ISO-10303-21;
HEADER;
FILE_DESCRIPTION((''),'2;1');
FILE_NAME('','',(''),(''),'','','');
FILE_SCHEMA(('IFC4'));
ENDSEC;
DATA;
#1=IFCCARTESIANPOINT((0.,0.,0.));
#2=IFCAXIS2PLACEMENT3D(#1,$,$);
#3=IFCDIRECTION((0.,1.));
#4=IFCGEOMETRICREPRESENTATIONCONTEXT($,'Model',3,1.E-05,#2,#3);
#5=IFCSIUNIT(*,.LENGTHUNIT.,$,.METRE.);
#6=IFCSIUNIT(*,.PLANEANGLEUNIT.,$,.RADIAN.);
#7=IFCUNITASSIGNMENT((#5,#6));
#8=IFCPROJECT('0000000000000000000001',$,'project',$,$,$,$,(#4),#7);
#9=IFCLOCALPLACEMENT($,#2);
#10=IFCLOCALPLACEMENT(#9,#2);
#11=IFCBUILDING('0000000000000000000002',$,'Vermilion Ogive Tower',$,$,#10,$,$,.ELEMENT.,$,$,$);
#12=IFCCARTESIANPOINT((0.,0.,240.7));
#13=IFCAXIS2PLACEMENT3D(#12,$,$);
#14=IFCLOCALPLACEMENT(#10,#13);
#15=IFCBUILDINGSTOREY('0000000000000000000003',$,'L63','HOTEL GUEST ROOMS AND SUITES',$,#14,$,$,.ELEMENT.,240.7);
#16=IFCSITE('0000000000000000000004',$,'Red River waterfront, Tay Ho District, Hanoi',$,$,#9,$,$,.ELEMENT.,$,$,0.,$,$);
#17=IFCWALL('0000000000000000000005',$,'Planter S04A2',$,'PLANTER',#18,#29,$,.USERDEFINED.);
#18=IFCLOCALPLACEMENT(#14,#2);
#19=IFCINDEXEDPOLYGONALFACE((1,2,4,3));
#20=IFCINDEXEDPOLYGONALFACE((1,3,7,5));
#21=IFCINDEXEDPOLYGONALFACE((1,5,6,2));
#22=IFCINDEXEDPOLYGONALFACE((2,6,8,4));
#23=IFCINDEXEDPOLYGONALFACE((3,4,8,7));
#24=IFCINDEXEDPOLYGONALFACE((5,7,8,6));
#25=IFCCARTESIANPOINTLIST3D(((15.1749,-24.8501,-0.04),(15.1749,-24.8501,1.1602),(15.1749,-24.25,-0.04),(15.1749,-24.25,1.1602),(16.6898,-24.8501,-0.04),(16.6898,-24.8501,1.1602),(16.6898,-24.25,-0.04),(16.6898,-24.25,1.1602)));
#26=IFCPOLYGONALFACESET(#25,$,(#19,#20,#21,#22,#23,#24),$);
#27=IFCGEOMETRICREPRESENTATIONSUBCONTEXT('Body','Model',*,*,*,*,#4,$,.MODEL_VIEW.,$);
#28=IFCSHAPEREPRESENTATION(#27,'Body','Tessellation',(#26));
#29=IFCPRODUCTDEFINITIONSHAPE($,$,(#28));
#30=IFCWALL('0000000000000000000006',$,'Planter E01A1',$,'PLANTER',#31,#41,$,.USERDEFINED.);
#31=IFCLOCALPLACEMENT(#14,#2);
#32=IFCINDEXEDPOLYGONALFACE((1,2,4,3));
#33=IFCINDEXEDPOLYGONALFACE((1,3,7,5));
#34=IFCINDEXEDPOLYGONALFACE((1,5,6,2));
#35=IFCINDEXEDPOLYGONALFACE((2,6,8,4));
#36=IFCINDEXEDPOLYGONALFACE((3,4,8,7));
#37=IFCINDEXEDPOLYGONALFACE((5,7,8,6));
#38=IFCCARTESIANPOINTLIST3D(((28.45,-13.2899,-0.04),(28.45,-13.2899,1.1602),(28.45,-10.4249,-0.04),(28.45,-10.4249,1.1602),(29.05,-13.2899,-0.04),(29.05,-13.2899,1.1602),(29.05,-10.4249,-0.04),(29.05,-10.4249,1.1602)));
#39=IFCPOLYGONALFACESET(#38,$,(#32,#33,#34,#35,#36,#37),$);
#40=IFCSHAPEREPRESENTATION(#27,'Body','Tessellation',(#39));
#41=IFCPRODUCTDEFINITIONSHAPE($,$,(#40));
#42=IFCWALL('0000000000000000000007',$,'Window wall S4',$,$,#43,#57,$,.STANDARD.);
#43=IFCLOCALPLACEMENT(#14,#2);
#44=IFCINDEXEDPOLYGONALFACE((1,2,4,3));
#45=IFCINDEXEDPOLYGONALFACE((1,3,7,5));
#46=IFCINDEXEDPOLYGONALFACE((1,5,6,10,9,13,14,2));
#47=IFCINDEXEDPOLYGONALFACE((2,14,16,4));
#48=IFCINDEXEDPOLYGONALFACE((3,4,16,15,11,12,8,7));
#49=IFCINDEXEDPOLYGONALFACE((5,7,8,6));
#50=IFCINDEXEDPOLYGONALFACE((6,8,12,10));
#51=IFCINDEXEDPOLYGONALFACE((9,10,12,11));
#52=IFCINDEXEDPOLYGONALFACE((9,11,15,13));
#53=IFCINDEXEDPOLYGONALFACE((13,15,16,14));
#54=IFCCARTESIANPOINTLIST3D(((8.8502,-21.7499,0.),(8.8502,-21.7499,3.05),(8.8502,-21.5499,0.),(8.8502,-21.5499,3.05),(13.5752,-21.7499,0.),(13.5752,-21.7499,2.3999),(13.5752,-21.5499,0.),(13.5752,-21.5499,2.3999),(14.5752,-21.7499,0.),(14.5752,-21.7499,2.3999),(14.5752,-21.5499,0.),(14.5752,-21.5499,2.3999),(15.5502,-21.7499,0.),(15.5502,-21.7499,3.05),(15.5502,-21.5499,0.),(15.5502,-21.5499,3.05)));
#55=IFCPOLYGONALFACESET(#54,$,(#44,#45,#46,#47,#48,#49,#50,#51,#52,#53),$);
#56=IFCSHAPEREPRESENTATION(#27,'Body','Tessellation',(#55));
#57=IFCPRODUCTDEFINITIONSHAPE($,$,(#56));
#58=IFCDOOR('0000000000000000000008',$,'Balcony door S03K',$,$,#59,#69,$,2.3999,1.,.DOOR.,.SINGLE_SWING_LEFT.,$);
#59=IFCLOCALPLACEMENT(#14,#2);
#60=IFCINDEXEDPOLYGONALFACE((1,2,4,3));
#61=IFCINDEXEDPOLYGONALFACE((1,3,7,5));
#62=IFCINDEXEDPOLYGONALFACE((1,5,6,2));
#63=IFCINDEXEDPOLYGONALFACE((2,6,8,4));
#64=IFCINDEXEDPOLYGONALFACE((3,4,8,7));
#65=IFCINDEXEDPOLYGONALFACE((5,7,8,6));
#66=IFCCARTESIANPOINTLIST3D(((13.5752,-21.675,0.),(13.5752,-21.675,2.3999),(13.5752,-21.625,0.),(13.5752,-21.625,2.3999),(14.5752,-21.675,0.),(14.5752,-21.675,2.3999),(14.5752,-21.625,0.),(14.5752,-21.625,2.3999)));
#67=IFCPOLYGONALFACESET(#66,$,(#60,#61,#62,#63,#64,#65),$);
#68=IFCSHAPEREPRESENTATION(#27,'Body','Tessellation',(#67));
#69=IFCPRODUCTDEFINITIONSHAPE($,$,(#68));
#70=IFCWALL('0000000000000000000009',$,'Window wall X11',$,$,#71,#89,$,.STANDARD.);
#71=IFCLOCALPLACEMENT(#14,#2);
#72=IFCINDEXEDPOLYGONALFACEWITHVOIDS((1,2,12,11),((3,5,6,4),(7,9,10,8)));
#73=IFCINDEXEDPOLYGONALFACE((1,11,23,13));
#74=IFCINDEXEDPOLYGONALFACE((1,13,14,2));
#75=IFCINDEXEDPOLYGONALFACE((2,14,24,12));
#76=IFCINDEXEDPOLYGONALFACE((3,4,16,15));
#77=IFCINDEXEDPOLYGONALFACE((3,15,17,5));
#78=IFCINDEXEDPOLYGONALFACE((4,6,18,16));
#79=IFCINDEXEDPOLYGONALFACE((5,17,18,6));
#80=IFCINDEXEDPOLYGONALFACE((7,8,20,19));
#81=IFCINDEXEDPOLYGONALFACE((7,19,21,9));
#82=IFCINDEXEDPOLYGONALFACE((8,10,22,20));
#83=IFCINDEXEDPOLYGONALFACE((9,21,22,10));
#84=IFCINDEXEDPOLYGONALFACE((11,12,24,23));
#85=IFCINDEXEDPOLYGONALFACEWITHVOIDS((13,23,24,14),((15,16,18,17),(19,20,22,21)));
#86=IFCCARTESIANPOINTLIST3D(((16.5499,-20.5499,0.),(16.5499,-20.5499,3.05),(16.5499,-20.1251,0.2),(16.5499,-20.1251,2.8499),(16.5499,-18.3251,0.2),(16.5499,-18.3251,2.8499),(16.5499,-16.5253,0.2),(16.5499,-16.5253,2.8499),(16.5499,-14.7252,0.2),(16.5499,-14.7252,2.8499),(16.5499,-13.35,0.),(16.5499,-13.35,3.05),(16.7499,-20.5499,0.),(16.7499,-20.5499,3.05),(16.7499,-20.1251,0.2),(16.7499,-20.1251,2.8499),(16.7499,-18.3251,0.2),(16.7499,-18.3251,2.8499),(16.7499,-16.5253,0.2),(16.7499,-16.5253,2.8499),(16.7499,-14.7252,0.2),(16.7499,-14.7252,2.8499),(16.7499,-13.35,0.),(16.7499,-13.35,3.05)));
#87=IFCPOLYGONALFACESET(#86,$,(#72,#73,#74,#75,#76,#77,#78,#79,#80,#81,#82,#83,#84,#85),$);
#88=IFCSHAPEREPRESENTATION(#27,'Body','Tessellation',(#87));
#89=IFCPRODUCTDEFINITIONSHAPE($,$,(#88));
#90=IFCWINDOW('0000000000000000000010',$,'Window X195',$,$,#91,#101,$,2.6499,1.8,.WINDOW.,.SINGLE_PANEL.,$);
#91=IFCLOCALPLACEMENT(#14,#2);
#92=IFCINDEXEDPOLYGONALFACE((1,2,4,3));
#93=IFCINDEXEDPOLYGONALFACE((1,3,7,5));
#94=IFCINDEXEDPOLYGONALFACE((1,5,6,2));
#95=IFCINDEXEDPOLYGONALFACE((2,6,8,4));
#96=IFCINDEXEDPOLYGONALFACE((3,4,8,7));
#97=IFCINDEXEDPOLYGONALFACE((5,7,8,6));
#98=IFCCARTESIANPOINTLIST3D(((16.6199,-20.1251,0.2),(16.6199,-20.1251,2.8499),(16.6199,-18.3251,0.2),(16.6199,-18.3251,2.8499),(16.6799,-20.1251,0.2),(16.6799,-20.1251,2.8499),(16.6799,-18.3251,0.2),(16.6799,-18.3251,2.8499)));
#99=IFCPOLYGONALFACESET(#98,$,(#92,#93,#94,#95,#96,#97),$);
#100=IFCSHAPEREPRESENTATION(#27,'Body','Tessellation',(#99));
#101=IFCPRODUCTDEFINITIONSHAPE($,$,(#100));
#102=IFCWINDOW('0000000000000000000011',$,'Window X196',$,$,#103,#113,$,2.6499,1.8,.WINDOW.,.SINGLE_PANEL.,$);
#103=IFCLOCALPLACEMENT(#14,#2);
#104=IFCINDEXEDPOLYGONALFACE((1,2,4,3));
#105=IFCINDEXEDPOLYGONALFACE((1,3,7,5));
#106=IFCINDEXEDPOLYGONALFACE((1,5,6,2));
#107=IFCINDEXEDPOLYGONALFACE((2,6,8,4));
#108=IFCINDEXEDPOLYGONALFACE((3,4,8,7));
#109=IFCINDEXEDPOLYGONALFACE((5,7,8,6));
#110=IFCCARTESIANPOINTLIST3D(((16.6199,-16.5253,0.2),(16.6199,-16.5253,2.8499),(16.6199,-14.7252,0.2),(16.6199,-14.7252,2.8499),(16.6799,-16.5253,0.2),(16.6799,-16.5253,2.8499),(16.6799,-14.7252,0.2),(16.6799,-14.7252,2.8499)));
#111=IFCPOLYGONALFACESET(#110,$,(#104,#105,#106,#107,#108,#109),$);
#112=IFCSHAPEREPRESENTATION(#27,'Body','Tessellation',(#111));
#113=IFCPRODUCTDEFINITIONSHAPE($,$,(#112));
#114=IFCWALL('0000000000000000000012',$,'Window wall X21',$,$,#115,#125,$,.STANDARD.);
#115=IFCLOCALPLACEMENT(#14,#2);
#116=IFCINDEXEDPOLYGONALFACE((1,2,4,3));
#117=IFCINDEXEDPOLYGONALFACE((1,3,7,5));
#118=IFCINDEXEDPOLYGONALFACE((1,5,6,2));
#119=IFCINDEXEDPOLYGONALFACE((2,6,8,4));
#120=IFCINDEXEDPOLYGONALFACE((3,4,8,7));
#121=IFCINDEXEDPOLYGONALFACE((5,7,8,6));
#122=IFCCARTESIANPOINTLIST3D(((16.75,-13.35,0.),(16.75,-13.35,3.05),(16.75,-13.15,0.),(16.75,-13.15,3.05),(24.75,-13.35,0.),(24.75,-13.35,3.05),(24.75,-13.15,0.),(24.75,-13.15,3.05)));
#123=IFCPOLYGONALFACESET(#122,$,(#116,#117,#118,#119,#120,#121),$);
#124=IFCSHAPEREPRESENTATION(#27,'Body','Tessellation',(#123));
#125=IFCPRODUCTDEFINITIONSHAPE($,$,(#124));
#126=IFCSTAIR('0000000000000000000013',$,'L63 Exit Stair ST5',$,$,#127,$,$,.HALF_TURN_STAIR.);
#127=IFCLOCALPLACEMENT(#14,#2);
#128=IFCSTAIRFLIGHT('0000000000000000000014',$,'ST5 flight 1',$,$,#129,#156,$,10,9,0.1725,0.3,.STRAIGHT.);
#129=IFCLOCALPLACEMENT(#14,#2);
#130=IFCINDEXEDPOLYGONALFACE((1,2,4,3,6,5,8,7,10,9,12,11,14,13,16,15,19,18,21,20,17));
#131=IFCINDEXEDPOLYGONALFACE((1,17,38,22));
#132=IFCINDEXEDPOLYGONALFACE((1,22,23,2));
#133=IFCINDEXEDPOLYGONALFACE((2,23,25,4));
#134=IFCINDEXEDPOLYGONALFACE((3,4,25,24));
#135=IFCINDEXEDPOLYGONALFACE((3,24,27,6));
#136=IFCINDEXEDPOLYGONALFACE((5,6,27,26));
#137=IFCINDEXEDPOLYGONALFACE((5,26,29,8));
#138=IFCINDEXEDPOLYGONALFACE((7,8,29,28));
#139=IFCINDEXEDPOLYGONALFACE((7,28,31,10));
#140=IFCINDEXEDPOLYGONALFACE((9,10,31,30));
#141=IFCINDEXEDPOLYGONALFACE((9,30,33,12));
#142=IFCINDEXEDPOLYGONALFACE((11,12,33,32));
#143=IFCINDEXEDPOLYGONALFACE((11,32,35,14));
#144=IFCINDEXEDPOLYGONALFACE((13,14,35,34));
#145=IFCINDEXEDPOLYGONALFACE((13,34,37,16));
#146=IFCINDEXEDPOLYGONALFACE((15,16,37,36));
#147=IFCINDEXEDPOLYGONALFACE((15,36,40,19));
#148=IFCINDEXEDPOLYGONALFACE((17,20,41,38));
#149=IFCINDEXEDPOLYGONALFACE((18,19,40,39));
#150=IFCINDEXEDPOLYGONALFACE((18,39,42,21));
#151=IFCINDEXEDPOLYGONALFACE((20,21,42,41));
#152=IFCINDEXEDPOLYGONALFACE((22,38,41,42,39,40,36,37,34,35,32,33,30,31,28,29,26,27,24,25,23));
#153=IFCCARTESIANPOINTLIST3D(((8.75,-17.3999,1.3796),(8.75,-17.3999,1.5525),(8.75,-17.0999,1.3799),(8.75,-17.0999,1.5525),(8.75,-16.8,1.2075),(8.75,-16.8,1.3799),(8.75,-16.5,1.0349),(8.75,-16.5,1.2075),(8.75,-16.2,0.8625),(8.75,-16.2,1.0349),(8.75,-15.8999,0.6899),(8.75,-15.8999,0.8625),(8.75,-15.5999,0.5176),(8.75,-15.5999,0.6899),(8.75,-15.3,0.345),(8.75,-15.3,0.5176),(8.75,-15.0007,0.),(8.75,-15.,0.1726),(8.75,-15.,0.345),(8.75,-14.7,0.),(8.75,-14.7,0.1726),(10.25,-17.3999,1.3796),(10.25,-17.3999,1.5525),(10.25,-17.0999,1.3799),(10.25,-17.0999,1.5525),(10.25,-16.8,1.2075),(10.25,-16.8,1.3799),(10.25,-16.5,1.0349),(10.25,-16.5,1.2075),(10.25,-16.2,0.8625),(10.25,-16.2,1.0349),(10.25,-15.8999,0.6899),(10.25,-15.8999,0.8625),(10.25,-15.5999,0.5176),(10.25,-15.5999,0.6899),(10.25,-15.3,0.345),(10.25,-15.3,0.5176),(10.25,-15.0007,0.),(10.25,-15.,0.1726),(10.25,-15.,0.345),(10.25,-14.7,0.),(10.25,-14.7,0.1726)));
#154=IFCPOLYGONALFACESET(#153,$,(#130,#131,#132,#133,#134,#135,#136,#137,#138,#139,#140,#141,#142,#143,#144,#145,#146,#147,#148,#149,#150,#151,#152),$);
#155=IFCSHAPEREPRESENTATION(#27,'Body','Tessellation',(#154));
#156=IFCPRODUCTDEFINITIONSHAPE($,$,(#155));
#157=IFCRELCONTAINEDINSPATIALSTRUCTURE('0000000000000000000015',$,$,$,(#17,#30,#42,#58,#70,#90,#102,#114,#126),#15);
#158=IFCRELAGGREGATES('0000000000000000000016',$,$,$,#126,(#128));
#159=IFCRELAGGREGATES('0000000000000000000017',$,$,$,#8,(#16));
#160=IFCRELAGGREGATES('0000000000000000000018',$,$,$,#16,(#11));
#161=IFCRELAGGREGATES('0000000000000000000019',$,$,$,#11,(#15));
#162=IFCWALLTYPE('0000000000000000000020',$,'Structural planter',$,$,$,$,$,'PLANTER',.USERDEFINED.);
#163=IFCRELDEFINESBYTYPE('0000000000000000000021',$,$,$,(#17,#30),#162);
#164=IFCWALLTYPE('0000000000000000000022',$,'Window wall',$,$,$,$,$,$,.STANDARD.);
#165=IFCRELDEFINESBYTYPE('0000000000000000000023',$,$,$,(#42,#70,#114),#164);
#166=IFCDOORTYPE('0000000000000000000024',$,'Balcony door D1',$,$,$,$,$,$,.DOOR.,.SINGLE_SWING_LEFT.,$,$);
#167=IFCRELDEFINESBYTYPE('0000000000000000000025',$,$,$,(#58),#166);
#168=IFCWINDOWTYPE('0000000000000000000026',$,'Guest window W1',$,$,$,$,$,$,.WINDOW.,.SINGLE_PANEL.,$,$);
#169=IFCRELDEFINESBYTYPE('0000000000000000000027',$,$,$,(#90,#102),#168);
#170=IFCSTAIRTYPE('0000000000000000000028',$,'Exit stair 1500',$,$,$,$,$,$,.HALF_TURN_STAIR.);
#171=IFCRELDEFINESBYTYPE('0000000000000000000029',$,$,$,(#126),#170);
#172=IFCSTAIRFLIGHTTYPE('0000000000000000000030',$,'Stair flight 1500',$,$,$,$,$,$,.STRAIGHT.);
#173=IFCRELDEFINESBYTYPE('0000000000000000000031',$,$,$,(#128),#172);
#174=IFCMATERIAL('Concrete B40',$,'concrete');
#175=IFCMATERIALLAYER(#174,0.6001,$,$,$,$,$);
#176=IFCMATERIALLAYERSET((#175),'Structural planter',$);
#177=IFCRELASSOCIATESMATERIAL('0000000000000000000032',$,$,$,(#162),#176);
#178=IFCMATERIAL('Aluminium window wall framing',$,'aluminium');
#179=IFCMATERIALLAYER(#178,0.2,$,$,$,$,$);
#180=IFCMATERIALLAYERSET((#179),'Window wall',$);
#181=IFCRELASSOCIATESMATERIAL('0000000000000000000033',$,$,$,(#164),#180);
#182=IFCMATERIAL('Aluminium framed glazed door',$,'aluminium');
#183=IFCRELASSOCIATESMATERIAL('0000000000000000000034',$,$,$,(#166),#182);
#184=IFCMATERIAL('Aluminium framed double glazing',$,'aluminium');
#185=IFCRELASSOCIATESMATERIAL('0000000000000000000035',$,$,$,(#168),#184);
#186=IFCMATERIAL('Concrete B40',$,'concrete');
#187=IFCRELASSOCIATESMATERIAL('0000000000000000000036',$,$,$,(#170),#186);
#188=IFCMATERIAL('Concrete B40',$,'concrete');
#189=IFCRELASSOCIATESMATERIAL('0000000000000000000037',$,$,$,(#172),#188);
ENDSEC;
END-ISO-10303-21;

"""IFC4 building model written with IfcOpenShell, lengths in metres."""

from ifc_helpers import new_model, si_unit, direction, frame, frame_2d, origin, place, context, subcontext, project, spatial, polyline, rectangle, outline, extrude, material, layer, layer_set, type_object, element, fill, aggregate, save


model = new_model("IFC4")

# Units and contexts
model_context = context("Model", 3, precision=1e-05, world=origin(), true_north=direction((0.0, 1.0)))
body_context = subcontext(model_context, "Body", "Model", "MODEL_VIEW")
ifc_project = project(units=[si_unit("LENGTHUNIT", "METRE"), si_unit("PLANEANGLEUNIT", "RADIAN")], contexts=[model_context])

# Site, building, storey
site_placement = place(None, origin())
site = spatial("IfcSite", under=ifc_project, at=site_placement, Name="Red River waterfront, Tay Ho District, Hanoi", CompositionType="ELEMENT", RefElevation=0.0)
building_placement = place(site_placement, origin())
building = spatial("IfcBuilding", under=site, at=building_placement, Name="Vermilion Ogive Tower", CompositionType="ELEMENT")
storey_placement = place(building_placement, frame((0.0, 0.0, 240.7)))
storey = spatial("IfcBuildingStorey", under=building, at=storey_placement, Name="L63", Description="HOTEL GUEST ROOMS AND SUITES", CompositionType="ELEMENT", Elevation=240.7)

# Walls
ifc_material_1 = material(Name="Concrete B40", Category="concrete")
ifc_layer_1 = layer(ifc_material_1, 0.6001)
ifc_layer_set_1 = layer_set([ifc_layer_1], Name="Structural planter")
wall_type_1 = type_object("IfcWallType", Name="Structural planter", ElementType="PLANTER", PredefinedType="USERDEFINED", material=ifc_layer_set_1)
wall_1_placement = place(storey_placement, frame((15.175, -24.55, -0.04), z_axis=(0.0, 0.0, 1.0), x_axis=(1.0, 0.0, 0.0)))
element("IfcWall", 1, at=wall_1_placement, inside=storey, type_object=wall_type_1, Name="Planter S04A2", ObjectType="PLANTER", PredefinedType="USERDEFINED", context=body_context, shape_type="SweptSolid", body=[
    extrude(rectangle(XDim=1.5149, YDim=0.6001, at=frame_2d((0.7573, 0.0))), origin(), (0.0, 0.0, 1.0), 1.2002),
])
wall_2_placement = place(storey_placement, frame((28.75, -13.29, -0.04), z_axis=(0.0, 0.0, 1.0), x_axis=(0.0, 1.0, 0.0)))
element("IfcWall", 2, at=wall_2_placement, inside=storey, type_object=wall_type_1, Name="Planter E01A1", ObjectType="PLANTER", PredefinedType="USERDEFINED", context=body_context, shape_type="SweptSolid", body=[
    extrude(rectangle(XDim=2.865, YDim=0.6001, at=frame_2d((1.4326, 0.0))), origin(), (0.0, 0.0, 1.0), 1.2002),
])

# Wall, opening, door
ifc_material_2 = material(Name="Aluminium window wall framing", Category="aluminium")
ifc_layer_2 = layer(ifc_material_2, 0.2)
ifc_layer_set_2 = layer_set([ifc_layer_2], Name="Window wall")
wall_type_2 = type_object("IfcWallType", Name="Window wall", PredefinedType="STANDARD", material=ifc_layer_set_2)
wall_3_placement = place(storey_placement, frame((8.8501, -21.6499, 0.0), z_axis=(0.0, 0.0, 1.0), x_axis=(1.0, 0.0, 0.0)))
wall_3 = element("IfcWall", 3, at=wall_3_placement, inside=storey, type_object=wall_type_2, Name="Window wall S4", PredefinedType="STANDARD", context=body_context, shape_type="SweptSolid", body=[
    extrude(rectangle(XDim=6.7, YDim=0.2, at=frame_2d((3.3501, 0.0))), origin(), (0.0, 0.0, 1.0), 3.05),
])
opening_1_placement = place(wall_3_placement, frame((4.7251, 0.0, 0.0)))
opening_1 = element("IfcOpeningElement", 4, at=opening_1_placement, cuts=wall_3, PredefinedType="OPENING", context=body_context, shape_type="SweptSolid", body=[
    extrude(rectangle(XDim=1.0, YDim=2.3999, at=frame_2d((0.5, 1.2))), frame((0.0, 0.1099, 0.0), z_axis=(0.0, -1.0, 0.0), x_axis=(1.0, 0.0, 0.0)), (0.0, 0.0, 1.0), 0.22),
])
ifc_material_3 = material(Name="Aluminium framed glazed door", Category="aluminium")
door_type_1 = type_object("IfcDoorType", Name="Balcony door D1", OperationType="SINGLE_SWING_LEFT", PredefinedType="DOOR", material=ifc_material_3)
door_1_placement = place(opening_1_placement, origin())
door_1 = element("IfcDoor", 5, at=door_1_placement, inside=storey, type_object=door_type_1, Name="Balcony door S03K", OperationType="SINGLE_SWING_LEFT", OverallHeight=2.3999, OverallWidth=1.0, PredefinedType="DOOR", context=body_context, shape_type="SweptSolid", body=[
    extrude(rectangle(XDim=1.0, YDim=2.3999, at=frame_2d((0.5, 1.2))), frame((0.0, 0.0249, 0.0), z_axis=(0.0, -1.0, 0.0), x_axis=(1.0, 0.0, 0.0)), (0.0, 0.0, 1.0), 0.05),
])
fill(opening_1, door_1)

# Wall, openings, windows
wall_4_placement = place(storey_placement, frame((16.6499, -20.55, 0.0), z_axis=(0.0, 0.0, 1.0), x_axis=(0.0, 1.0, 0.0)))
wall_4 = element("IfcWall", 6, at=wall_4_placement, inside=storey, type_object=wall_type_2, Name="Window wall X11", PredefinedType="STANDARD", context=body_context, shape_type="SweptSolid", body=[
    extrude(rectangle(XDim=7.2, YDim=0.2, at=frame_2d((3.6001, 0.0))), origin(), (0.0, 0.0, 1.0), 3.05),
])
opening_2_placement = place(wall_4_placement, frame((0.425, 0.0, 0.2)))
opening_2 = element("IfcOpeningElement", 7, at=opening_2_placement, cuts=wall_4, PredefinedType="OPENING", context=body_context, shape_type="SweptSolid", body=[
    extrude(rectangle(XDim=1.8, YDim=2.6499, at=frame_2d((0.8999, 1.325))), frame((0.0, 0.1099, 0.0), z_axis=(0.0, -1.0, 0.0), x_axis=(1.0, 0.0, 0.0)), (0.0, 0.0, 1.0), 0.22),
])
opening_3_placement = place(wall_4_placement, frame((4.0249, 0.0, 0.2)))
opening_3 = element("IfcOpeningElement", 8, at=opening_3_placement, cuts=wall_4, PredefinedType="OPENING", context=body_context, shape_type="SweptSolid", body=[
    extrude(rectangle(XDim=1.8, YDim=2.6499, at=frame_2d((0.8999, 1.325))), frame((0.0, 0.1099, 0.0), z_axis=(0.0, -1.0, 0.0), x_axis=(1.0, 0.0, 0.0)), (0.0, 0.0, 1.0), 0.22),
])
ifc_material_4 = material(Name="Aluminium framed double glazing", Category="aluminium")
window_type = type_object("IfcWindowType", Name="Guest window W1", PartitioningType="SINGLE_PANEL", PredefinedType="WINDOW", material=ifc_material_4)
window_1_placement = place(opening_2_placement, origin())
window_1 = element("IfcWindow", 9, at=window_1_placement, inside=storey, type_object=window_type, Name="Window X195", OverallHeight=2.6499, OverallWidth=1.8, PartitioningType="SINGLE_PANEL", PredefinedType="WINDOW", context=body_context, shape_type="SweptSolid", body=[
    extrude(rectangle(XDim=1.8, YDim=2.6499, at=frame_2d((0.8999, 1.325))), frame((0.0, 0.03, 0.0), z_axis=(0.0, -1.0, 0.0), x_axis=(1.0, 0.0, 0.0)), (0.0, 0.0, 1.0), 0.0601),
])
fill(opening_2, window_1)
window_2_placement = place(opening_3_placement, origin())
window_2 = element("IfcWindow", 10, at=window_2_placement, inside=storey, type_object=window_type, Name="Window X196", OverallHeight=2.6499, OverallWidth=1.8, PartitioningType="SINGLE_PANEL", PredefinedType="WINDOW", context=body_context, shape_type="SweptSolid", body=[
    extrude(rectangle(XDim=1.8, YDim=2.6499, at=frame_2d((0.8999, 1.325))), frame((0.0, 0.03, 0.0), z_axis=(0.0, -1.0, 0.0), x_axis=(1.0, 0.0, 0.0)), (0.0, 0.0, 1.0), 0.0601),
])
fill(opening_3, window_2)

# Wall
wall_5_placement = place(storey_placement, frame((16.75, -13.25, 0.0), z_axis=(0.0, 0.0, 1.0), x_axis=(1.0, 0.0, 0.0)))
element("IfcWall", 11, at=wall_5_placement, inside=storey, type_object=wall_type_2, Name="Window wall X21", PredefinedType="STANDARD", context=body_context, shape_type="SweptSolid", body=[
    extrude(rectangle(XDim=8.0, YDim=0.2, at=frame_2d((4.0, 0.0))), origin(), (0.0, 0.0, 1.0), 3.05),
])

# Stair, stair flight
ifc_material_5 = material(Name="Concrete B40", Category="concrete")
stair_type = type_object("IfcStairType", Name="Exit stair 1500", PredefinedType="HALF_TURN_STAIR", material=ifc_material_5)
stair_placement = place(storey_placement, origin())
stair = element("IfcStair", 12, at=stair_placement, inside=storey, type_object=stair_type, Name="L63 Exit Stair ST5", PredefinedType="HALF_TURN_STAIR")
ifc_material_6 = material(Name="Concrete B40", Category="concrete")
stair_flight_type = type_object("IfcStairFlightType", Name="Stair flight 1500", PredefinedType="STRAIGHT", material=ifc_material_6)
stair_flight_1_placement = place(storey_placement, frame((9.5, -14.7, 0.0), z_axis=(0.0, 0.0, 1.0), x_axis=(0.0, -1.0, 0.0)))
stair_flight_1 = element("IfcStairFlight", 13, at=stair_flight_1_placement, type_object=stair_flight_type, Name="ST5 flight 1", NumberOfRisers=10, NumberOfTreads=9, PredefinedType="STRAIGHT", RiserHeight=0.1725, TreadLength=0.3, context=body_context, shape_type="SweptSolid", body=[
    extrude(outline(polyline([(0.0, 0.0), (0.0, 0.1726), (0.3, 0.1726), (0.3, 0.345), (0.6001, 0.345), (0.6001, 0.5176), (0.8999, 0.5176), (0.8999, 0.6899), (1.2, 0.6899), (1.2, 0.8625), (1.5, 0.8625), (1.5, 1.0349), (1.8, 1.0349), (1.8, 1.2075), (2.1001, 1.2075), (2.1001, 1.3799), (2.3999, 1.3799), (2.3999, 1.5525), (2.7, 1.5525), (2.7, 1.7251), (2.7, 1.3796), (0.3008, 0.0), (0.0, 0.0)])), frame((0.0, 0.75, 0.0), z_axis=(0.0, -1.0, 0.0), x_axis=(1.0, 0.0, 0.0)), (0.0, 0.0, 1.0), 1.5),
])
aggregate(stair, [stair_flight_1])

save(model, "model.ifc")
